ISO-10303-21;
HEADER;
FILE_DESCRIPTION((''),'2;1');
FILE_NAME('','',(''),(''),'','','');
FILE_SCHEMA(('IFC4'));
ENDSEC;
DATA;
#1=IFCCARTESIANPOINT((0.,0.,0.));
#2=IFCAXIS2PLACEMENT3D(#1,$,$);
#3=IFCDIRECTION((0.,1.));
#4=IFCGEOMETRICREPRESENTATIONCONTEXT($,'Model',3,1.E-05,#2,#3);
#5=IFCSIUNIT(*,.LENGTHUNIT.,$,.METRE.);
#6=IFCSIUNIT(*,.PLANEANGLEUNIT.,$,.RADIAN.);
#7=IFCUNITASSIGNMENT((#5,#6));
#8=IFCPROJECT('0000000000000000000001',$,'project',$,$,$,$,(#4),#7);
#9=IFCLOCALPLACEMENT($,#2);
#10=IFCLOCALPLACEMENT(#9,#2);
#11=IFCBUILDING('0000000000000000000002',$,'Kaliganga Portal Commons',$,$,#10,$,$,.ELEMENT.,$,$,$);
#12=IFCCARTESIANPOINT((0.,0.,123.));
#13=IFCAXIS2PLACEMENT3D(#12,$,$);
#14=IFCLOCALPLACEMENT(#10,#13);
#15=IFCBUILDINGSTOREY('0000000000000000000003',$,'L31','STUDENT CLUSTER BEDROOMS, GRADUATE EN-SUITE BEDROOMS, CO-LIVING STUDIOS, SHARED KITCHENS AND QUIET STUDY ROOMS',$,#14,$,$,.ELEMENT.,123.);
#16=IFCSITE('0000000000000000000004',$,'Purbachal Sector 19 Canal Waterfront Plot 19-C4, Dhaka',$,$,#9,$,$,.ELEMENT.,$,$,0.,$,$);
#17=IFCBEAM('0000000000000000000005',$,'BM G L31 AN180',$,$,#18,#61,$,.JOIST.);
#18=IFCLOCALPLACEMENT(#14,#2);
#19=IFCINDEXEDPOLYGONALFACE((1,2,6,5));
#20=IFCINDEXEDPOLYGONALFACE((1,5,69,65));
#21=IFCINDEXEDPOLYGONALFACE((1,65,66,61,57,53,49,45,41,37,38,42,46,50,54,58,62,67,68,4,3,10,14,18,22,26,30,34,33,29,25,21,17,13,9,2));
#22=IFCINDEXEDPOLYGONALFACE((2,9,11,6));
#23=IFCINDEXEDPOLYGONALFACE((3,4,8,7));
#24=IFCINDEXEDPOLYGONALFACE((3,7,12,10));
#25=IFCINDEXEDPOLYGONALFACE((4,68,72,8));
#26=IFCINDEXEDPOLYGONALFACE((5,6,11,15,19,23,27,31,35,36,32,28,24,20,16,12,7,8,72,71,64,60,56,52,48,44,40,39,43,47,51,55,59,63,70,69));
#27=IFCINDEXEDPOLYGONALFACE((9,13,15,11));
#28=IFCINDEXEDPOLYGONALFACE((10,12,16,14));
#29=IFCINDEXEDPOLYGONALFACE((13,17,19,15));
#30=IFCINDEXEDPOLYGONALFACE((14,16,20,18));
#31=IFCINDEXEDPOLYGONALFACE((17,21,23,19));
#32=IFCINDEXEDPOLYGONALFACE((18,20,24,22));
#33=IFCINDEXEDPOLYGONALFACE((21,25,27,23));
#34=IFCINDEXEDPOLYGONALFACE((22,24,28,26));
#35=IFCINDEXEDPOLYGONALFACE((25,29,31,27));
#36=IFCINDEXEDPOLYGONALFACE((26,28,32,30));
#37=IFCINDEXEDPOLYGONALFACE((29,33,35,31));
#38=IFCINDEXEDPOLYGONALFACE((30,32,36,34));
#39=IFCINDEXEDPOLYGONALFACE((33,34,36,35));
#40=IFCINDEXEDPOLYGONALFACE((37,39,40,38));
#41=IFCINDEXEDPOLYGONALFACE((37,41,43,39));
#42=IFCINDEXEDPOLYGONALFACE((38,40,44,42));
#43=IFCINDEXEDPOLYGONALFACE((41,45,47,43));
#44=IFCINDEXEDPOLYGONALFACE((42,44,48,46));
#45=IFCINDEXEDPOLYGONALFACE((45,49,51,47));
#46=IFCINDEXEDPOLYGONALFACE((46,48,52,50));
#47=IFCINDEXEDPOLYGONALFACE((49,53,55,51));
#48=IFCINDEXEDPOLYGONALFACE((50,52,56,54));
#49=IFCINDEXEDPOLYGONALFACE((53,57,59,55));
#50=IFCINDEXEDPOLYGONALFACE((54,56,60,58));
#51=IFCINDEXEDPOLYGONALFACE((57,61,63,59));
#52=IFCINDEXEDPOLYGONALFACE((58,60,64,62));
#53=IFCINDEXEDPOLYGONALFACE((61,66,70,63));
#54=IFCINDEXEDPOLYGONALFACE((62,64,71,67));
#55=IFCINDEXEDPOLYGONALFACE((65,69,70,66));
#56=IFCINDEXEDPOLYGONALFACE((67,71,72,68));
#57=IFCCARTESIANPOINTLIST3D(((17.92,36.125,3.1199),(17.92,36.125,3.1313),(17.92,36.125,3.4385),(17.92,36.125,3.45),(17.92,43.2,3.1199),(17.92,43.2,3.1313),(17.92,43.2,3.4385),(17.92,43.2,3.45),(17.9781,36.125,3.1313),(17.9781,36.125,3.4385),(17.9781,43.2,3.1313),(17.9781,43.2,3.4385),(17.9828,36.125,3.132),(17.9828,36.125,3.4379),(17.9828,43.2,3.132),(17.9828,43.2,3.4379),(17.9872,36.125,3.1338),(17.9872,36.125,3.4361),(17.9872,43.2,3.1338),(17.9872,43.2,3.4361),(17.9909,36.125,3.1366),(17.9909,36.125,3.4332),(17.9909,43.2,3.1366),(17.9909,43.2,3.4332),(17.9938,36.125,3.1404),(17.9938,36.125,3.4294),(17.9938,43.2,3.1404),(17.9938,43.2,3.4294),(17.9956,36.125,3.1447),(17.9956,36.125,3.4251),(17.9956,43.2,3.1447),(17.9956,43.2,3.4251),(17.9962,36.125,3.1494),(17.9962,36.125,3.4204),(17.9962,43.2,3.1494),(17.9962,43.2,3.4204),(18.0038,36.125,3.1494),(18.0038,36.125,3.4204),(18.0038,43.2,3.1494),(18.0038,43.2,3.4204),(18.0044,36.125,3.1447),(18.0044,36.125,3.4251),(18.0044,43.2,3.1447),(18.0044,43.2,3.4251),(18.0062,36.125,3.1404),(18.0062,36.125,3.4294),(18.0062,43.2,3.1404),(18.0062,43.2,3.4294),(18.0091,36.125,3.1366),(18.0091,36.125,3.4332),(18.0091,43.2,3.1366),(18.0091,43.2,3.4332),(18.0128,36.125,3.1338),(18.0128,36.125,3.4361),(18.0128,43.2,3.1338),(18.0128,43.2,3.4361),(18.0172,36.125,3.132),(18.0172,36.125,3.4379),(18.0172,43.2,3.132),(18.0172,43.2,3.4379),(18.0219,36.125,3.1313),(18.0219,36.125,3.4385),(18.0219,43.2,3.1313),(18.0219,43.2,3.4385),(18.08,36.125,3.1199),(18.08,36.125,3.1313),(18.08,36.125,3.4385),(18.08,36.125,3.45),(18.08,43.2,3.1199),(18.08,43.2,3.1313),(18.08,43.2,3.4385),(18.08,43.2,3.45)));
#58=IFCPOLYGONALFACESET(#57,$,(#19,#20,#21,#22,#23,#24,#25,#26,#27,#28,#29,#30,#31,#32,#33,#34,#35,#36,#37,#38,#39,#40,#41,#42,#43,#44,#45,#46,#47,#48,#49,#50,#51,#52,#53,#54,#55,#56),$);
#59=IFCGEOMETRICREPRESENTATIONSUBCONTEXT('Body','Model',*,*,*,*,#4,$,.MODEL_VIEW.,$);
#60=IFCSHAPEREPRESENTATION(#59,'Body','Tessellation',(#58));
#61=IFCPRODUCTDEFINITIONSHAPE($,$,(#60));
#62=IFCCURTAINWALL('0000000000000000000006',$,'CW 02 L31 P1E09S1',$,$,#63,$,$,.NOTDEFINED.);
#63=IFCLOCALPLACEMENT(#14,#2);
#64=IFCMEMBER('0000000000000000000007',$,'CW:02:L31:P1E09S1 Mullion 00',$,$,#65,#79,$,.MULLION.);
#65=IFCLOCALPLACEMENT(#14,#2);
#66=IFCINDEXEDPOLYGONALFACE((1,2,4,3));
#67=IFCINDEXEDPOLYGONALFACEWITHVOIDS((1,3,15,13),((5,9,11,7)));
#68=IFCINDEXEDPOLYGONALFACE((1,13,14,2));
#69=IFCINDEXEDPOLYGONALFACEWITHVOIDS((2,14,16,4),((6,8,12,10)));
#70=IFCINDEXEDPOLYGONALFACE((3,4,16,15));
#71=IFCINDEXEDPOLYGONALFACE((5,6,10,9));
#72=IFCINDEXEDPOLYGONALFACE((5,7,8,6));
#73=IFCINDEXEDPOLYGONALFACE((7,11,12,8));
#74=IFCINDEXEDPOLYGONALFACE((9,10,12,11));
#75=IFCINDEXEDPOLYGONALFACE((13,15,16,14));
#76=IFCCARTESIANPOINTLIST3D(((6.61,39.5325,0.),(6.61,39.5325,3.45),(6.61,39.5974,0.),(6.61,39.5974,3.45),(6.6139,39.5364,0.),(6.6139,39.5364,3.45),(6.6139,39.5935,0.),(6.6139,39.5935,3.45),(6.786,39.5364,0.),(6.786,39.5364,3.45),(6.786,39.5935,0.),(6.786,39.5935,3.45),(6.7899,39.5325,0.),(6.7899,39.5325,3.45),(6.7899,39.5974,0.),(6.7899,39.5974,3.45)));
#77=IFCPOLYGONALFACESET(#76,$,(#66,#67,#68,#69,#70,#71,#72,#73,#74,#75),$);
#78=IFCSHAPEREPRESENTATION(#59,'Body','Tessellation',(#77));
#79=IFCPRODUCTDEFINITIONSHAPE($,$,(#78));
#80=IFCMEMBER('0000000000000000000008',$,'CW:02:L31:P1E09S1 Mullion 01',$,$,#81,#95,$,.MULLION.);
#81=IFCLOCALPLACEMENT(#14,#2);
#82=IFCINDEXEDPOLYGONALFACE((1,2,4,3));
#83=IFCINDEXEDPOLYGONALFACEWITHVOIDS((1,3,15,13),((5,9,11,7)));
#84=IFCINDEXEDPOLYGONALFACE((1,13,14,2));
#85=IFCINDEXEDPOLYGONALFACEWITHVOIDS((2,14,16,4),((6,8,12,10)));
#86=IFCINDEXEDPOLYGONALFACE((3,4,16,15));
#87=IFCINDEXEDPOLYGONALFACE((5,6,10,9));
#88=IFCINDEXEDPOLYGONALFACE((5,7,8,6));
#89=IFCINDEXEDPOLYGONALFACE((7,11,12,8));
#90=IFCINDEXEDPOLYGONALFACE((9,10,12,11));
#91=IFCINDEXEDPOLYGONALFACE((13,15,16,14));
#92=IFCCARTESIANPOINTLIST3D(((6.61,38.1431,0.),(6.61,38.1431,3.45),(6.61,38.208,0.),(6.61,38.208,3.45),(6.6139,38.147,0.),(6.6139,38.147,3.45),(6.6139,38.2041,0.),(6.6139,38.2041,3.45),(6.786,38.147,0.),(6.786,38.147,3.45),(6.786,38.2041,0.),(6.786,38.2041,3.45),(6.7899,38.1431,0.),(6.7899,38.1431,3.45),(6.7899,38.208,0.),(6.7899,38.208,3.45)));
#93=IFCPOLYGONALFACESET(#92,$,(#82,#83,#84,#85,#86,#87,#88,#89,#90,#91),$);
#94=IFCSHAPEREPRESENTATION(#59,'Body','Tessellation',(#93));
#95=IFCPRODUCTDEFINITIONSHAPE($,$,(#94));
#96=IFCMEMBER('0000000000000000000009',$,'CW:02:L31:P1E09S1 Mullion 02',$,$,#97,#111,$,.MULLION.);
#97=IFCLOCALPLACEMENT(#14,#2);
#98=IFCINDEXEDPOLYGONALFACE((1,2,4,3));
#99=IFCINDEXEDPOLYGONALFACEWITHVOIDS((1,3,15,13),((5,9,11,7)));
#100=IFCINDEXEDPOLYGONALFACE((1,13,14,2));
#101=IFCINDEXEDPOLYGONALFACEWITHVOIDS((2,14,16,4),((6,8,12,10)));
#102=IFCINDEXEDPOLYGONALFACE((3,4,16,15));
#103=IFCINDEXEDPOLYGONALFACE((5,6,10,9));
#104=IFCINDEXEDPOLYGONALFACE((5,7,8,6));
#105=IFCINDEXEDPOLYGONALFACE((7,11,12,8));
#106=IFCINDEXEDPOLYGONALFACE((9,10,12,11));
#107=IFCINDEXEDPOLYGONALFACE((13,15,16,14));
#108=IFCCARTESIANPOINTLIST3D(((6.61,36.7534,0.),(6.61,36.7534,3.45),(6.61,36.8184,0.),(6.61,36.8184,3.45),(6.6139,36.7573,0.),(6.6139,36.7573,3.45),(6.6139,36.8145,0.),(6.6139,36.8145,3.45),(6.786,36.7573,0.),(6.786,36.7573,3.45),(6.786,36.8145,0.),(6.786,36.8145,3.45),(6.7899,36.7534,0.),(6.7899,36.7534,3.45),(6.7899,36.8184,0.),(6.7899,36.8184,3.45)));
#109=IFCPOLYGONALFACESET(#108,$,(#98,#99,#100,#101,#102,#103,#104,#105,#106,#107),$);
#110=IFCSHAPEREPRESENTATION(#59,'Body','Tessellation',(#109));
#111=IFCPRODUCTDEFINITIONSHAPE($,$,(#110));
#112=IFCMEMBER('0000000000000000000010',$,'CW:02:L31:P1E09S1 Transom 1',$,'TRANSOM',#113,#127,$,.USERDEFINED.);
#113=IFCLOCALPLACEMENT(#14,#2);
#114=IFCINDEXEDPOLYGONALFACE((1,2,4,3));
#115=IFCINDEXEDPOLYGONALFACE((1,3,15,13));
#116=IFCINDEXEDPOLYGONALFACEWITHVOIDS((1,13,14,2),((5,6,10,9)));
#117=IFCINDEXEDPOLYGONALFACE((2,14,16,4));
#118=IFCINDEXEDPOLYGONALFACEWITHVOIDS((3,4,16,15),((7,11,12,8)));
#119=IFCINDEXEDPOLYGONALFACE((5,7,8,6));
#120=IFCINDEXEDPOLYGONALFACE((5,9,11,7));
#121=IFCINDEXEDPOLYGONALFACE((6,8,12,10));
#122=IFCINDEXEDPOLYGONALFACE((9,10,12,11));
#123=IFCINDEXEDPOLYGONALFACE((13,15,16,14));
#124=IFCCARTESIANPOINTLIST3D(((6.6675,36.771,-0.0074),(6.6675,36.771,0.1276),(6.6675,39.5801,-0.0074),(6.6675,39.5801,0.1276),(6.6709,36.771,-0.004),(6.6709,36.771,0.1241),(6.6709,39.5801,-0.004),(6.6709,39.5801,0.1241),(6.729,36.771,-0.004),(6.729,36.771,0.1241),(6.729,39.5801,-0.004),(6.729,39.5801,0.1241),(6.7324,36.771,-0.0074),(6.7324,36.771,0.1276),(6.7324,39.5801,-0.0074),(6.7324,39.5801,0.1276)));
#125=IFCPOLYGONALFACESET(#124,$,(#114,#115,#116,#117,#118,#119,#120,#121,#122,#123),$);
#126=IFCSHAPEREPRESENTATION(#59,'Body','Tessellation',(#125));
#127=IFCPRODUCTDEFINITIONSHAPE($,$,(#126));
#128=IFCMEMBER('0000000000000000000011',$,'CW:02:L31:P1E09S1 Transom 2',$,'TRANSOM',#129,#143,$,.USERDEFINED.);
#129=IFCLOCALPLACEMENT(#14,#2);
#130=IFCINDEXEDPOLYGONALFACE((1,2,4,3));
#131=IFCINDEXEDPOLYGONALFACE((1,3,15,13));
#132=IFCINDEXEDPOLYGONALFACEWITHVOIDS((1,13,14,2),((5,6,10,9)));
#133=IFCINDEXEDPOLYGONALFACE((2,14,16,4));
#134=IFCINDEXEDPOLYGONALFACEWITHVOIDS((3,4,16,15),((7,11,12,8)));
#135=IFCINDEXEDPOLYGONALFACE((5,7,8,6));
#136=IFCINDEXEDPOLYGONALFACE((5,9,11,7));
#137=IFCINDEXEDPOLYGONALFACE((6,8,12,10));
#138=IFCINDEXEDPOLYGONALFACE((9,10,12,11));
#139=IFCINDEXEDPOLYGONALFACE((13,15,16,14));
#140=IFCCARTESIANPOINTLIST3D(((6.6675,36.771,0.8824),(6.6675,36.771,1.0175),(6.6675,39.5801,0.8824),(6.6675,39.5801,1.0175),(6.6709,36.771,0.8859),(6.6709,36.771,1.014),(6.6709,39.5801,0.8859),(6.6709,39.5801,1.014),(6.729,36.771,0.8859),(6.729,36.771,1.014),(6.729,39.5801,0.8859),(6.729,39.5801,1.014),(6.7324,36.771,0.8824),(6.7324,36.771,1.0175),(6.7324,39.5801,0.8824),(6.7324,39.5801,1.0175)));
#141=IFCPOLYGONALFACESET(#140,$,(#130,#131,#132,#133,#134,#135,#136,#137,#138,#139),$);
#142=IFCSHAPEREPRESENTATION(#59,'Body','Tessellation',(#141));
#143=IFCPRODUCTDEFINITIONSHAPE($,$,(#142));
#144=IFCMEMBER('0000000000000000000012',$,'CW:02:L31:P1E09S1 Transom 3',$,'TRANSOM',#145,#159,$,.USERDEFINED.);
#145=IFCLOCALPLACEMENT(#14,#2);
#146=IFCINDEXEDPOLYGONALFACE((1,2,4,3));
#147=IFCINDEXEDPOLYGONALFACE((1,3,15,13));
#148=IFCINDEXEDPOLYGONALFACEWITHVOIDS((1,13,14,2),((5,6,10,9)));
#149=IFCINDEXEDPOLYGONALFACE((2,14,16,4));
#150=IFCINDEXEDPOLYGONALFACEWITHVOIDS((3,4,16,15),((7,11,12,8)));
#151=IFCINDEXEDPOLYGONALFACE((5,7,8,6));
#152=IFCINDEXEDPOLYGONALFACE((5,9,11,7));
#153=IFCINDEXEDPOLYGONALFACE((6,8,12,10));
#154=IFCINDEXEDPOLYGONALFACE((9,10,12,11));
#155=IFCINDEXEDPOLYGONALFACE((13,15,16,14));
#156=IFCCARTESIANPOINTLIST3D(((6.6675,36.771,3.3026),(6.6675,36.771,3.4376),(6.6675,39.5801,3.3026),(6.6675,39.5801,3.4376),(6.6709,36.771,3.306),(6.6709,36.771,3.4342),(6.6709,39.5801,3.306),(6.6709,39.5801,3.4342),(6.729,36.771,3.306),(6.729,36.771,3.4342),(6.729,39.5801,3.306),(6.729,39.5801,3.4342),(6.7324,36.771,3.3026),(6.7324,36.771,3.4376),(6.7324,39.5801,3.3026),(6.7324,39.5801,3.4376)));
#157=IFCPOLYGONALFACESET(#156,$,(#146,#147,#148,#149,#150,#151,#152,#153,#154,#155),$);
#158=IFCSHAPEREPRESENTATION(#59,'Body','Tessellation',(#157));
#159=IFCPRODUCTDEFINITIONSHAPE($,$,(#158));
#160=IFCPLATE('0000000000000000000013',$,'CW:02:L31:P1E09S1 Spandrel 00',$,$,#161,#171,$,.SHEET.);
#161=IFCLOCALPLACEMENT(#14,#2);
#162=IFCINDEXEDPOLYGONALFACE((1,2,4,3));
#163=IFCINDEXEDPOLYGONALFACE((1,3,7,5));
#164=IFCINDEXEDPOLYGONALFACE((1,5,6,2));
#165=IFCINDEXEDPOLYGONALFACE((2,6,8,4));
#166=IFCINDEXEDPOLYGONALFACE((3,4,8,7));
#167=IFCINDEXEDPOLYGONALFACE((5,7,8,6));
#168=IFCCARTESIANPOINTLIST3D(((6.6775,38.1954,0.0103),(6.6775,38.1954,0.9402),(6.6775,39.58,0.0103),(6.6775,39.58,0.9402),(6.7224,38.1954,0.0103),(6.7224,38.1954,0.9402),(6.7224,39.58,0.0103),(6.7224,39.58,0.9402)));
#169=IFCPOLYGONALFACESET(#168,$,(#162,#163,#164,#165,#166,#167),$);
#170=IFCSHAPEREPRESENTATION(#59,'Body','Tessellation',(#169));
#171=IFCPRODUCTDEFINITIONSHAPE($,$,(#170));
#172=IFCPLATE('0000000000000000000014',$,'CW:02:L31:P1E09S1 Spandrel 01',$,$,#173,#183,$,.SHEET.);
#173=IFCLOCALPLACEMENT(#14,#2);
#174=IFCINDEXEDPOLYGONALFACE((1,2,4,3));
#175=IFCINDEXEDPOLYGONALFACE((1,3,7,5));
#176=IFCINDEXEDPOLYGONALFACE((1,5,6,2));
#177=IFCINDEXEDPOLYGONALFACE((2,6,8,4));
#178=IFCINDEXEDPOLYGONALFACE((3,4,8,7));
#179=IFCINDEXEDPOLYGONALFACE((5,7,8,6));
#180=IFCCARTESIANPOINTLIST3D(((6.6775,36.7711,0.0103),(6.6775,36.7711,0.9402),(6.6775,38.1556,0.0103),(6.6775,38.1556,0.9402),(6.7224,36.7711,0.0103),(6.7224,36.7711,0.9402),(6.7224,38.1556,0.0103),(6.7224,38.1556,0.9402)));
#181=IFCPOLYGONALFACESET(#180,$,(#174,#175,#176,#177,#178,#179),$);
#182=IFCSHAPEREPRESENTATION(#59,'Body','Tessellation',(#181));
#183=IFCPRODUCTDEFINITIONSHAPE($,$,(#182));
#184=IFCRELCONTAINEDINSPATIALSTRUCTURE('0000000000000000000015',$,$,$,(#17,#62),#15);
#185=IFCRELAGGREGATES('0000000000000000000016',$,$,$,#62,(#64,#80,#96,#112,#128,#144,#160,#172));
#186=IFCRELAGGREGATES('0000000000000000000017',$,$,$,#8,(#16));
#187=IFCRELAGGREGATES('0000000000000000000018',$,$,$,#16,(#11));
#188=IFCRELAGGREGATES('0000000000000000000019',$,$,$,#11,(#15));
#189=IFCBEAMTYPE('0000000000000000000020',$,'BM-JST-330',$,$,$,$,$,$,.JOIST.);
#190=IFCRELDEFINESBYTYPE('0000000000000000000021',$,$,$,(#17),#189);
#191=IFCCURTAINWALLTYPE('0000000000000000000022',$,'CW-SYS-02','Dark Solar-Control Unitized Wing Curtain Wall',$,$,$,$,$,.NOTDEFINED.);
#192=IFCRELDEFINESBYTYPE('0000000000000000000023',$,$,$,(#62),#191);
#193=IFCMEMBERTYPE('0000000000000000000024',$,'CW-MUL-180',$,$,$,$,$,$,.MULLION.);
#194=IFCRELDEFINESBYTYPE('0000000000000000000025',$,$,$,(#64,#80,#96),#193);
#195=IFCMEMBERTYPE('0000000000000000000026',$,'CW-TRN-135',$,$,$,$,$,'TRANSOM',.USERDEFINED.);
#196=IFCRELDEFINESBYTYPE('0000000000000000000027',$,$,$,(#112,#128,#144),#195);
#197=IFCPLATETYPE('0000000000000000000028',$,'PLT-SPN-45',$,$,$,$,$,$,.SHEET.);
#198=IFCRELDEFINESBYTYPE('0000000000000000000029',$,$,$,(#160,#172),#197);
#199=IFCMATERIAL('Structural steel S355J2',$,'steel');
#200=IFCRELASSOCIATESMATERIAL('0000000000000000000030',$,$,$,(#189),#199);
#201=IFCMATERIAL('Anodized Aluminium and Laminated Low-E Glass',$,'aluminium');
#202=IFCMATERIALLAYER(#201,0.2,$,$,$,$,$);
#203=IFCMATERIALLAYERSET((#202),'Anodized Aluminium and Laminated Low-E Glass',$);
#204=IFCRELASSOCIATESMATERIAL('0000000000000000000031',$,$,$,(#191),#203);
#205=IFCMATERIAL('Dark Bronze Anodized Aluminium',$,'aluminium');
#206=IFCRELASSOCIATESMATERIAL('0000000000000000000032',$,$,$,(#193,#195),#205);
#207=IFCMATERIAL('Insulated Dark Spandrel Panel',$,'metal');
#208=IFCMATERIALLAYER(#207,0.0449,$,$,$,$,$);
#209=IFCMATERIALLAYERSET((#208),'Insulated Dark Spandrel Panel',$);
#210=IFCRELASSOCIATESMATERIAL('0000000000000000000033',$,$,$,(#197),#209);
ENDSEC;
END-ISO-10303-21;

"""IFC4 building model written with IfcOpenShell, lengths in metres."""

from ifc_helpers import new_model, si_unit, direction, frame, origin, origin_2d, place, context, subcontext, project, spatial, rectangle, hollow_rectangle, i_section, extrude, source, transform, mapped, material, layer, layer_set, material_profile, profile_set, type_object, element, aggregate, save


model = new_model("IFC4")

# Units and contexts
model_context = context("Model", 3, precision=1e-05, world=origin(), true_north=direction((0.0, 1.0)))
body_context = subcontext(model_context, "Body", "Model", "MODEL_VIEW")
ifc_project = project(units=[si_unit("LENGTHUNIT", "METRE"), si_unit("PLANEANGLEUNIT", "RADIAN")], contexts=[model_context])

# Site, building, storey
site_placement = place(None, origin())
site = spatial("IfcSite", under=ifc_project, at=site_placement, Name="Purbachal Sector 19 Canal Waterfront Plot 19-C4, Dhaka", CompositionType="ELEMENT", RefElevation=0.0)
building_placement = place(site_placement, origin())
building = spatial("IfcBuilding", under=site, at=building_placement, Name="Kaliganga Portal Commons", CompositionType="ELEMENT")
storey_placement = place(building_placement, frame((0.0, 0.0, 123.0)))
storey = spatial("IfcBuildingStorey", under=building, at=storey_placement, Name="L31", Description="STUDENT CLUSTER BEDROOMS, GRADUATE EN-SUITE BEDROOMS, CO-LIVING STUDIOS, SHARED KITCHENS AND QUIET STUDY ROOMS", CompositionType="ELEMENT", Elevation=123.0)

# Beam
ifc_material_1 = material(Name="Structural steel S355J2", Category="steel")
ifc_material_profile_1 = material_profile(ifc_material_1, i_section(OverallWidth=0.1599, OverallDepth=0.3301, WebThickness=0.0076, FlangeThickness=0.0115, FilletRadius=0.0181, at=origin_2d()), Name="IPE 330")
ifc_profile_set_1 = profile_set([ifc_material_profile_1], Name="Structural steel S355J2 wide-flange")
beam_type_1 = type_object("IfcBeamType", Name="BM-JST-330", PredefinedType="JOIST", material=ifc_profile_set_1)
shared_shape_1 = source(origin(), body_context, "Body", "SweptSolid", [
    extrude(i_section(OverallWidth=0.1599, OverallDepth=0.3301, WebThickness=0.0076, FlangeThickness=0.0115, FilletRadius=0.0181, at=origin_2d()), origin(), (0.0, 0.0, 1.0), 7.075),
])
beam_1_placement = place(storey_placement, frame((18.0, 36.125, 3.2849), z_axis=(0.0, 1.0, 0.0), x_axis=(-1.0, 0.0, 0.0)))
element("IfcBeam", 1, at=beam_1_placement, inside=storey, type_object=beam_type_1, Name="BM G L31 AN180", PredefinedType="JOIST", context=body_context, shape_type="MappedRepresentation", body=[
    mapped(shared_shape_1, transform((0.0, 0.0, 0.0), x_axis=(1.0, 0.0, 0.0), y_axis=(0.0, 1.0, 0.0), z_axis=(0.0, 0.0, 1.0), scale=1.0)),
])

# Curtain wall, members, plates
ifc_material_2 = material(Name="Anodized Aluminium and Laminated Low-E Glass", Category="aluminium")
ifc_layer_1 = layer(ifc_material_2, 0.2)
ifc_layer_set_1 = layer_set([ifc_layer_1], Name="Anodized Aluminium and Laminated Low-E Glass")
curtain_wall_type = type_object("IfcCurtainWallType", Name="CW-SYS-02", Description="Dark Solar-Control Unitized Wing Curtain Wall", PredefinedType="NOTDEFINED", material=ifc_layer_set_1)
curtain_wall_placement = place(storey_placement, origin())
curtain_wall = element("IfcCurtainWall", 2, at=curtain_wall_placement, inside=storey, type_object=curtain_wall_type, Name="CW 02 L31 P1E09S1", PredefinedType="NOTDEFINED")
ifc_material_3 = material(Name="Dark Bronze Anodized Aluminium", Category="aluminium")
ifc_material_profile_2 = material_profile(ifc_material_3, hollow_rectangle(XDim=0.0649, YDim=0.1799, WallThickness=0.0039, at=origin_2d()), Name="ALU MULL 65x180x4")
ifc_profile_set_2 = profile_set([ifc_material_profile_2], Name="Dark Bronze Anodized Aluminium")
member_type_1 = type_object("IfcMemberType", Name="CW-MUL-180", PredefinedType="MULLION", material=ifc_profile_set_2)
shared_shape_2 = source(origin(), body_context, "Body", "SweptSolid", [
    extrude(hollow_rectangle(XDim=0.0649, YDim=0.1799, WallThickness=0.0039, at=origin_2d()), origin(), (0.0, 0.0, 1.0), 3.45),
])
member_1_placement = place(storey_placement, frame((6.7, 39.5649, 0.0), z_axis=(0.0, 0.0, 1.0), x_axis=(0.0, -1.0, 0.0)))
member_1 = element("IfcMember", 3, at=member_1_placement, type_object=member_type_1, Name="CW:02:L31:P1E09S1 Mullion 00", PredefinedType="MULLION", context=body_context, shape_type="MappedRepresentation", body=[
    mapped(shared_shape_2, transform((0.0, 0.0, 0.0), x_axis=(1.0, 0.0, 0.0), y_axis=(0.0, 1.0, 0.0), z_axis=(0.0, 0.0, 1.0), scale=1.0)),
])
member_2_placement = place(storey_placement, frame((6.7, 38.1755, 0.0), z_axis=(0.0, 0.0, 1.0), x_axis=(0.0, -1.0, 0.0)))
member_2 = element("IfcMember", 4, at=member_2_placement, type_object=member_type_1, Name="CW:02:L31:P1E09S1 Mullion 01", PredefinedType="MULLION", context=body_context, shape_type="MappedRepresentation", body=[
    mapped(shared_shape_2, transform((0.0, 0.0, 0.0), x_axis=(1.0, 0.0, 0.0), y_axis=(0.0, 1.0, 0.0), z_axis=(0.0, 0.0, 1.0), scale=1.0)),
])
member_3_placement = place(storey_placement, frame((6.7, 36.7859, 0.0), z_axis=(0.0, 0.0, 1.0), x_axis=(0.0, -1.0, 0.0)))
member_3 = element("IfcMember", 5, at=member_3_placement, type_object=member_type_1, Name="CW:02:L31:P1E09S1 Mullion 02", PredefinedType="MULLION", context=body_context, shape_type="MappedRepresentation", body=[
    mapped(shared_shape_2, transform((0.0, 0.0, 0.0), x_axis=(1.0, 0.0, 0.0), y_axis=(0.0, 1.0, 0.0), z_axis=(0.0, 0.0, 1.0), scale=1.0)),
])
ifc_material_profile_3 = material_profile(ifc_material_3, hollow_rectangle(XDim=0.0649, YDim=0.135, WallThickness=0.0034, at=origin_2d()), Name="ALU TRAN 65x135x3.5")
ifc_profile_set_3 = profile_set([ifc_material_profile_3], Name="Dark Bronze Anodized Aluminium")
member_type_2 = type_object("IfcMemberType", Name="CW-TRN-135", ElementType="TRANSOM", PredefinedType="USERDEFINED", material=ifc_profile_set_3)
shared_shape_3 = source(origin(), body_context, "Body", "SweptSolid", [
    extrude(hollow_rectangle(XDim=0.0649, YDim=0.135, WallThickness=0.0034, at=origin_2d()), origin(), (0.0, 0.0, 1.0), 2.8091),
])
member_4_placement = place(storey_placement, frame((6.7, 39.5801, 0.0601), z_axis=(0.0, -1.0, 0.0), x_axis=(1.0, 0.0, 0.0)))
member_4 = element("IfcMember", 6, at=member_4_placement, type_object=member_type_2, Name="CW:02:L31:P1E09S1 Transom 1", ObjectType="TRANSOM", PredefinedType="USERDEFINED", context=body_context, shape_type="MappedRepresentation", body=[
    mapped(shared_shape_3, transform((0.0, 0.0, 0.0), x_axis=(1.0, 0.0, 0.0), y_axis=(0.0, 1.0, 0.0), z_axis=(0.0, 0.0, 1.0), scale=1.0)),
])
member_5_placement = place(storey_placement, frame((6.7, 39.5801, 0.95), z_axis=(0.0, -1.0, 0.0), x_axis=(1.0, 0.0, 0.0)))
member_5 = element("IfcMember", 7, at=member_5_placement, type_object=member_type_2, Name="CW:02:L31:P1E09S1 Transom 2", ObjectType="TRANSOM", PredefinedType="USERDEFINED", context=body_context, shape_type="MappedRepresentation", body=[
    mapped(shared_shape_3, transform((0.0, 0.0, 0.0), x_axis=(1.0, 0.0, 0.0), y_axis=(0.0, 1.0, 0.0), z_axis=(0.0, 0.0, 1.0), scale=1.0)),
])
member_6_placement = place(storey_placement, frame((6.7, 39.5801, 3.3701), z_axis=(0.0, -1.0, 0.0), x_axis=(1.0, 0.0, 0.0)))
member_6 = element("IfcMember", 8, at=member_6_placement, type_object=member_type_2, Name="CW:02:L31:P1E09S1 Transom 3", ObjectType="TRANSOM", PredefinedType="USERDEFINED", context=body_context, shape_type="MappedRepresentation", body=[
    mapped(shared_shape_3, transform((0.0, 0.0, 0.0), x_axis=(1.0, 0.0, 0.0), y_axis=(0.0, 1.0, 0.0), z_axis=(0.0, 0.0, 1.0), scale=1.0)),
])
ifc_material_4 = material(Name="Insulated Dark Spandrel Panel", Category="metal")
ifc_layer_2 = layer(ifc_material_4, 0.0449)
ifc_layer_set_2 = layer_set([ifc_layer_2], Name="Insulated Dark Spandrel Panel")
plate_type_1 = type_object("IfcPlateType", Name="PLT-SPN-45", PredefinedType="SHEET", material=ifc_layer_set_2)
shared_shape_4 = source(origin(), body_context, "Body", "SweptSolid", [
    extrude(rectangle(XDim=1.3845, YDim=0.0449, at=origin_2d()), origin(), (0.0, 0.0, 1.0), 0.9299),
])
plate_1_placement = place(storey_placement, frame((6.7, 38.8877, 0.0103), z_axis=(0.0, 0.0, 1.0), x_axis=(0.0, -1.0, 0.0)))
plate_1 = element("IfcPlate", 9, at=plate_1_placement, type_object=plate_type_1, Name="CW:02:L31:P1E09S1 Spandrel 00", PredefinedType="SHEET", context=body_context, shape_type="MappedRepresentation", body=[
    mapped(shared_shape_4, transform((0.0, 0.0, 0.0), x_axis=(1.0, 0.0, 0.0), y_axis=(0.0, 1.0, 0.0), z_axis=(0.0, 0.0, 1.0), scale=1.0)),
])
plate_2_placement = place(storey_placement, frame((6.7, 37.4634, 0.0103), z_axis=(0.0, 0.0, 1.0), x_axis=(0.0, -1.0, 0.0)))
plate_2 = element("IfcPlate", 10, at=plate_2_placement, type_object=plate_type_1, Name="CW:02:L31:P1E09S1 Spandrel 01", PredefinedType="SHEET", context=body_context, shape_type="MappedRepresentation", body=[
    mapped(shared_shape_4, transform((0.0, 0.0, 0.0), x_axis=(1.0, 0.0, 0.0), y_axis=(0.0, 1.0, 0.0), z_axis=(0.0, 0.0, 1.0), scale=1.0)),
])
aggregate(curtain_wall, [member_1, member_2, member_3, member_4, member_5, member_6, plate_1, plate_2])

save(model, "model.ifc")
